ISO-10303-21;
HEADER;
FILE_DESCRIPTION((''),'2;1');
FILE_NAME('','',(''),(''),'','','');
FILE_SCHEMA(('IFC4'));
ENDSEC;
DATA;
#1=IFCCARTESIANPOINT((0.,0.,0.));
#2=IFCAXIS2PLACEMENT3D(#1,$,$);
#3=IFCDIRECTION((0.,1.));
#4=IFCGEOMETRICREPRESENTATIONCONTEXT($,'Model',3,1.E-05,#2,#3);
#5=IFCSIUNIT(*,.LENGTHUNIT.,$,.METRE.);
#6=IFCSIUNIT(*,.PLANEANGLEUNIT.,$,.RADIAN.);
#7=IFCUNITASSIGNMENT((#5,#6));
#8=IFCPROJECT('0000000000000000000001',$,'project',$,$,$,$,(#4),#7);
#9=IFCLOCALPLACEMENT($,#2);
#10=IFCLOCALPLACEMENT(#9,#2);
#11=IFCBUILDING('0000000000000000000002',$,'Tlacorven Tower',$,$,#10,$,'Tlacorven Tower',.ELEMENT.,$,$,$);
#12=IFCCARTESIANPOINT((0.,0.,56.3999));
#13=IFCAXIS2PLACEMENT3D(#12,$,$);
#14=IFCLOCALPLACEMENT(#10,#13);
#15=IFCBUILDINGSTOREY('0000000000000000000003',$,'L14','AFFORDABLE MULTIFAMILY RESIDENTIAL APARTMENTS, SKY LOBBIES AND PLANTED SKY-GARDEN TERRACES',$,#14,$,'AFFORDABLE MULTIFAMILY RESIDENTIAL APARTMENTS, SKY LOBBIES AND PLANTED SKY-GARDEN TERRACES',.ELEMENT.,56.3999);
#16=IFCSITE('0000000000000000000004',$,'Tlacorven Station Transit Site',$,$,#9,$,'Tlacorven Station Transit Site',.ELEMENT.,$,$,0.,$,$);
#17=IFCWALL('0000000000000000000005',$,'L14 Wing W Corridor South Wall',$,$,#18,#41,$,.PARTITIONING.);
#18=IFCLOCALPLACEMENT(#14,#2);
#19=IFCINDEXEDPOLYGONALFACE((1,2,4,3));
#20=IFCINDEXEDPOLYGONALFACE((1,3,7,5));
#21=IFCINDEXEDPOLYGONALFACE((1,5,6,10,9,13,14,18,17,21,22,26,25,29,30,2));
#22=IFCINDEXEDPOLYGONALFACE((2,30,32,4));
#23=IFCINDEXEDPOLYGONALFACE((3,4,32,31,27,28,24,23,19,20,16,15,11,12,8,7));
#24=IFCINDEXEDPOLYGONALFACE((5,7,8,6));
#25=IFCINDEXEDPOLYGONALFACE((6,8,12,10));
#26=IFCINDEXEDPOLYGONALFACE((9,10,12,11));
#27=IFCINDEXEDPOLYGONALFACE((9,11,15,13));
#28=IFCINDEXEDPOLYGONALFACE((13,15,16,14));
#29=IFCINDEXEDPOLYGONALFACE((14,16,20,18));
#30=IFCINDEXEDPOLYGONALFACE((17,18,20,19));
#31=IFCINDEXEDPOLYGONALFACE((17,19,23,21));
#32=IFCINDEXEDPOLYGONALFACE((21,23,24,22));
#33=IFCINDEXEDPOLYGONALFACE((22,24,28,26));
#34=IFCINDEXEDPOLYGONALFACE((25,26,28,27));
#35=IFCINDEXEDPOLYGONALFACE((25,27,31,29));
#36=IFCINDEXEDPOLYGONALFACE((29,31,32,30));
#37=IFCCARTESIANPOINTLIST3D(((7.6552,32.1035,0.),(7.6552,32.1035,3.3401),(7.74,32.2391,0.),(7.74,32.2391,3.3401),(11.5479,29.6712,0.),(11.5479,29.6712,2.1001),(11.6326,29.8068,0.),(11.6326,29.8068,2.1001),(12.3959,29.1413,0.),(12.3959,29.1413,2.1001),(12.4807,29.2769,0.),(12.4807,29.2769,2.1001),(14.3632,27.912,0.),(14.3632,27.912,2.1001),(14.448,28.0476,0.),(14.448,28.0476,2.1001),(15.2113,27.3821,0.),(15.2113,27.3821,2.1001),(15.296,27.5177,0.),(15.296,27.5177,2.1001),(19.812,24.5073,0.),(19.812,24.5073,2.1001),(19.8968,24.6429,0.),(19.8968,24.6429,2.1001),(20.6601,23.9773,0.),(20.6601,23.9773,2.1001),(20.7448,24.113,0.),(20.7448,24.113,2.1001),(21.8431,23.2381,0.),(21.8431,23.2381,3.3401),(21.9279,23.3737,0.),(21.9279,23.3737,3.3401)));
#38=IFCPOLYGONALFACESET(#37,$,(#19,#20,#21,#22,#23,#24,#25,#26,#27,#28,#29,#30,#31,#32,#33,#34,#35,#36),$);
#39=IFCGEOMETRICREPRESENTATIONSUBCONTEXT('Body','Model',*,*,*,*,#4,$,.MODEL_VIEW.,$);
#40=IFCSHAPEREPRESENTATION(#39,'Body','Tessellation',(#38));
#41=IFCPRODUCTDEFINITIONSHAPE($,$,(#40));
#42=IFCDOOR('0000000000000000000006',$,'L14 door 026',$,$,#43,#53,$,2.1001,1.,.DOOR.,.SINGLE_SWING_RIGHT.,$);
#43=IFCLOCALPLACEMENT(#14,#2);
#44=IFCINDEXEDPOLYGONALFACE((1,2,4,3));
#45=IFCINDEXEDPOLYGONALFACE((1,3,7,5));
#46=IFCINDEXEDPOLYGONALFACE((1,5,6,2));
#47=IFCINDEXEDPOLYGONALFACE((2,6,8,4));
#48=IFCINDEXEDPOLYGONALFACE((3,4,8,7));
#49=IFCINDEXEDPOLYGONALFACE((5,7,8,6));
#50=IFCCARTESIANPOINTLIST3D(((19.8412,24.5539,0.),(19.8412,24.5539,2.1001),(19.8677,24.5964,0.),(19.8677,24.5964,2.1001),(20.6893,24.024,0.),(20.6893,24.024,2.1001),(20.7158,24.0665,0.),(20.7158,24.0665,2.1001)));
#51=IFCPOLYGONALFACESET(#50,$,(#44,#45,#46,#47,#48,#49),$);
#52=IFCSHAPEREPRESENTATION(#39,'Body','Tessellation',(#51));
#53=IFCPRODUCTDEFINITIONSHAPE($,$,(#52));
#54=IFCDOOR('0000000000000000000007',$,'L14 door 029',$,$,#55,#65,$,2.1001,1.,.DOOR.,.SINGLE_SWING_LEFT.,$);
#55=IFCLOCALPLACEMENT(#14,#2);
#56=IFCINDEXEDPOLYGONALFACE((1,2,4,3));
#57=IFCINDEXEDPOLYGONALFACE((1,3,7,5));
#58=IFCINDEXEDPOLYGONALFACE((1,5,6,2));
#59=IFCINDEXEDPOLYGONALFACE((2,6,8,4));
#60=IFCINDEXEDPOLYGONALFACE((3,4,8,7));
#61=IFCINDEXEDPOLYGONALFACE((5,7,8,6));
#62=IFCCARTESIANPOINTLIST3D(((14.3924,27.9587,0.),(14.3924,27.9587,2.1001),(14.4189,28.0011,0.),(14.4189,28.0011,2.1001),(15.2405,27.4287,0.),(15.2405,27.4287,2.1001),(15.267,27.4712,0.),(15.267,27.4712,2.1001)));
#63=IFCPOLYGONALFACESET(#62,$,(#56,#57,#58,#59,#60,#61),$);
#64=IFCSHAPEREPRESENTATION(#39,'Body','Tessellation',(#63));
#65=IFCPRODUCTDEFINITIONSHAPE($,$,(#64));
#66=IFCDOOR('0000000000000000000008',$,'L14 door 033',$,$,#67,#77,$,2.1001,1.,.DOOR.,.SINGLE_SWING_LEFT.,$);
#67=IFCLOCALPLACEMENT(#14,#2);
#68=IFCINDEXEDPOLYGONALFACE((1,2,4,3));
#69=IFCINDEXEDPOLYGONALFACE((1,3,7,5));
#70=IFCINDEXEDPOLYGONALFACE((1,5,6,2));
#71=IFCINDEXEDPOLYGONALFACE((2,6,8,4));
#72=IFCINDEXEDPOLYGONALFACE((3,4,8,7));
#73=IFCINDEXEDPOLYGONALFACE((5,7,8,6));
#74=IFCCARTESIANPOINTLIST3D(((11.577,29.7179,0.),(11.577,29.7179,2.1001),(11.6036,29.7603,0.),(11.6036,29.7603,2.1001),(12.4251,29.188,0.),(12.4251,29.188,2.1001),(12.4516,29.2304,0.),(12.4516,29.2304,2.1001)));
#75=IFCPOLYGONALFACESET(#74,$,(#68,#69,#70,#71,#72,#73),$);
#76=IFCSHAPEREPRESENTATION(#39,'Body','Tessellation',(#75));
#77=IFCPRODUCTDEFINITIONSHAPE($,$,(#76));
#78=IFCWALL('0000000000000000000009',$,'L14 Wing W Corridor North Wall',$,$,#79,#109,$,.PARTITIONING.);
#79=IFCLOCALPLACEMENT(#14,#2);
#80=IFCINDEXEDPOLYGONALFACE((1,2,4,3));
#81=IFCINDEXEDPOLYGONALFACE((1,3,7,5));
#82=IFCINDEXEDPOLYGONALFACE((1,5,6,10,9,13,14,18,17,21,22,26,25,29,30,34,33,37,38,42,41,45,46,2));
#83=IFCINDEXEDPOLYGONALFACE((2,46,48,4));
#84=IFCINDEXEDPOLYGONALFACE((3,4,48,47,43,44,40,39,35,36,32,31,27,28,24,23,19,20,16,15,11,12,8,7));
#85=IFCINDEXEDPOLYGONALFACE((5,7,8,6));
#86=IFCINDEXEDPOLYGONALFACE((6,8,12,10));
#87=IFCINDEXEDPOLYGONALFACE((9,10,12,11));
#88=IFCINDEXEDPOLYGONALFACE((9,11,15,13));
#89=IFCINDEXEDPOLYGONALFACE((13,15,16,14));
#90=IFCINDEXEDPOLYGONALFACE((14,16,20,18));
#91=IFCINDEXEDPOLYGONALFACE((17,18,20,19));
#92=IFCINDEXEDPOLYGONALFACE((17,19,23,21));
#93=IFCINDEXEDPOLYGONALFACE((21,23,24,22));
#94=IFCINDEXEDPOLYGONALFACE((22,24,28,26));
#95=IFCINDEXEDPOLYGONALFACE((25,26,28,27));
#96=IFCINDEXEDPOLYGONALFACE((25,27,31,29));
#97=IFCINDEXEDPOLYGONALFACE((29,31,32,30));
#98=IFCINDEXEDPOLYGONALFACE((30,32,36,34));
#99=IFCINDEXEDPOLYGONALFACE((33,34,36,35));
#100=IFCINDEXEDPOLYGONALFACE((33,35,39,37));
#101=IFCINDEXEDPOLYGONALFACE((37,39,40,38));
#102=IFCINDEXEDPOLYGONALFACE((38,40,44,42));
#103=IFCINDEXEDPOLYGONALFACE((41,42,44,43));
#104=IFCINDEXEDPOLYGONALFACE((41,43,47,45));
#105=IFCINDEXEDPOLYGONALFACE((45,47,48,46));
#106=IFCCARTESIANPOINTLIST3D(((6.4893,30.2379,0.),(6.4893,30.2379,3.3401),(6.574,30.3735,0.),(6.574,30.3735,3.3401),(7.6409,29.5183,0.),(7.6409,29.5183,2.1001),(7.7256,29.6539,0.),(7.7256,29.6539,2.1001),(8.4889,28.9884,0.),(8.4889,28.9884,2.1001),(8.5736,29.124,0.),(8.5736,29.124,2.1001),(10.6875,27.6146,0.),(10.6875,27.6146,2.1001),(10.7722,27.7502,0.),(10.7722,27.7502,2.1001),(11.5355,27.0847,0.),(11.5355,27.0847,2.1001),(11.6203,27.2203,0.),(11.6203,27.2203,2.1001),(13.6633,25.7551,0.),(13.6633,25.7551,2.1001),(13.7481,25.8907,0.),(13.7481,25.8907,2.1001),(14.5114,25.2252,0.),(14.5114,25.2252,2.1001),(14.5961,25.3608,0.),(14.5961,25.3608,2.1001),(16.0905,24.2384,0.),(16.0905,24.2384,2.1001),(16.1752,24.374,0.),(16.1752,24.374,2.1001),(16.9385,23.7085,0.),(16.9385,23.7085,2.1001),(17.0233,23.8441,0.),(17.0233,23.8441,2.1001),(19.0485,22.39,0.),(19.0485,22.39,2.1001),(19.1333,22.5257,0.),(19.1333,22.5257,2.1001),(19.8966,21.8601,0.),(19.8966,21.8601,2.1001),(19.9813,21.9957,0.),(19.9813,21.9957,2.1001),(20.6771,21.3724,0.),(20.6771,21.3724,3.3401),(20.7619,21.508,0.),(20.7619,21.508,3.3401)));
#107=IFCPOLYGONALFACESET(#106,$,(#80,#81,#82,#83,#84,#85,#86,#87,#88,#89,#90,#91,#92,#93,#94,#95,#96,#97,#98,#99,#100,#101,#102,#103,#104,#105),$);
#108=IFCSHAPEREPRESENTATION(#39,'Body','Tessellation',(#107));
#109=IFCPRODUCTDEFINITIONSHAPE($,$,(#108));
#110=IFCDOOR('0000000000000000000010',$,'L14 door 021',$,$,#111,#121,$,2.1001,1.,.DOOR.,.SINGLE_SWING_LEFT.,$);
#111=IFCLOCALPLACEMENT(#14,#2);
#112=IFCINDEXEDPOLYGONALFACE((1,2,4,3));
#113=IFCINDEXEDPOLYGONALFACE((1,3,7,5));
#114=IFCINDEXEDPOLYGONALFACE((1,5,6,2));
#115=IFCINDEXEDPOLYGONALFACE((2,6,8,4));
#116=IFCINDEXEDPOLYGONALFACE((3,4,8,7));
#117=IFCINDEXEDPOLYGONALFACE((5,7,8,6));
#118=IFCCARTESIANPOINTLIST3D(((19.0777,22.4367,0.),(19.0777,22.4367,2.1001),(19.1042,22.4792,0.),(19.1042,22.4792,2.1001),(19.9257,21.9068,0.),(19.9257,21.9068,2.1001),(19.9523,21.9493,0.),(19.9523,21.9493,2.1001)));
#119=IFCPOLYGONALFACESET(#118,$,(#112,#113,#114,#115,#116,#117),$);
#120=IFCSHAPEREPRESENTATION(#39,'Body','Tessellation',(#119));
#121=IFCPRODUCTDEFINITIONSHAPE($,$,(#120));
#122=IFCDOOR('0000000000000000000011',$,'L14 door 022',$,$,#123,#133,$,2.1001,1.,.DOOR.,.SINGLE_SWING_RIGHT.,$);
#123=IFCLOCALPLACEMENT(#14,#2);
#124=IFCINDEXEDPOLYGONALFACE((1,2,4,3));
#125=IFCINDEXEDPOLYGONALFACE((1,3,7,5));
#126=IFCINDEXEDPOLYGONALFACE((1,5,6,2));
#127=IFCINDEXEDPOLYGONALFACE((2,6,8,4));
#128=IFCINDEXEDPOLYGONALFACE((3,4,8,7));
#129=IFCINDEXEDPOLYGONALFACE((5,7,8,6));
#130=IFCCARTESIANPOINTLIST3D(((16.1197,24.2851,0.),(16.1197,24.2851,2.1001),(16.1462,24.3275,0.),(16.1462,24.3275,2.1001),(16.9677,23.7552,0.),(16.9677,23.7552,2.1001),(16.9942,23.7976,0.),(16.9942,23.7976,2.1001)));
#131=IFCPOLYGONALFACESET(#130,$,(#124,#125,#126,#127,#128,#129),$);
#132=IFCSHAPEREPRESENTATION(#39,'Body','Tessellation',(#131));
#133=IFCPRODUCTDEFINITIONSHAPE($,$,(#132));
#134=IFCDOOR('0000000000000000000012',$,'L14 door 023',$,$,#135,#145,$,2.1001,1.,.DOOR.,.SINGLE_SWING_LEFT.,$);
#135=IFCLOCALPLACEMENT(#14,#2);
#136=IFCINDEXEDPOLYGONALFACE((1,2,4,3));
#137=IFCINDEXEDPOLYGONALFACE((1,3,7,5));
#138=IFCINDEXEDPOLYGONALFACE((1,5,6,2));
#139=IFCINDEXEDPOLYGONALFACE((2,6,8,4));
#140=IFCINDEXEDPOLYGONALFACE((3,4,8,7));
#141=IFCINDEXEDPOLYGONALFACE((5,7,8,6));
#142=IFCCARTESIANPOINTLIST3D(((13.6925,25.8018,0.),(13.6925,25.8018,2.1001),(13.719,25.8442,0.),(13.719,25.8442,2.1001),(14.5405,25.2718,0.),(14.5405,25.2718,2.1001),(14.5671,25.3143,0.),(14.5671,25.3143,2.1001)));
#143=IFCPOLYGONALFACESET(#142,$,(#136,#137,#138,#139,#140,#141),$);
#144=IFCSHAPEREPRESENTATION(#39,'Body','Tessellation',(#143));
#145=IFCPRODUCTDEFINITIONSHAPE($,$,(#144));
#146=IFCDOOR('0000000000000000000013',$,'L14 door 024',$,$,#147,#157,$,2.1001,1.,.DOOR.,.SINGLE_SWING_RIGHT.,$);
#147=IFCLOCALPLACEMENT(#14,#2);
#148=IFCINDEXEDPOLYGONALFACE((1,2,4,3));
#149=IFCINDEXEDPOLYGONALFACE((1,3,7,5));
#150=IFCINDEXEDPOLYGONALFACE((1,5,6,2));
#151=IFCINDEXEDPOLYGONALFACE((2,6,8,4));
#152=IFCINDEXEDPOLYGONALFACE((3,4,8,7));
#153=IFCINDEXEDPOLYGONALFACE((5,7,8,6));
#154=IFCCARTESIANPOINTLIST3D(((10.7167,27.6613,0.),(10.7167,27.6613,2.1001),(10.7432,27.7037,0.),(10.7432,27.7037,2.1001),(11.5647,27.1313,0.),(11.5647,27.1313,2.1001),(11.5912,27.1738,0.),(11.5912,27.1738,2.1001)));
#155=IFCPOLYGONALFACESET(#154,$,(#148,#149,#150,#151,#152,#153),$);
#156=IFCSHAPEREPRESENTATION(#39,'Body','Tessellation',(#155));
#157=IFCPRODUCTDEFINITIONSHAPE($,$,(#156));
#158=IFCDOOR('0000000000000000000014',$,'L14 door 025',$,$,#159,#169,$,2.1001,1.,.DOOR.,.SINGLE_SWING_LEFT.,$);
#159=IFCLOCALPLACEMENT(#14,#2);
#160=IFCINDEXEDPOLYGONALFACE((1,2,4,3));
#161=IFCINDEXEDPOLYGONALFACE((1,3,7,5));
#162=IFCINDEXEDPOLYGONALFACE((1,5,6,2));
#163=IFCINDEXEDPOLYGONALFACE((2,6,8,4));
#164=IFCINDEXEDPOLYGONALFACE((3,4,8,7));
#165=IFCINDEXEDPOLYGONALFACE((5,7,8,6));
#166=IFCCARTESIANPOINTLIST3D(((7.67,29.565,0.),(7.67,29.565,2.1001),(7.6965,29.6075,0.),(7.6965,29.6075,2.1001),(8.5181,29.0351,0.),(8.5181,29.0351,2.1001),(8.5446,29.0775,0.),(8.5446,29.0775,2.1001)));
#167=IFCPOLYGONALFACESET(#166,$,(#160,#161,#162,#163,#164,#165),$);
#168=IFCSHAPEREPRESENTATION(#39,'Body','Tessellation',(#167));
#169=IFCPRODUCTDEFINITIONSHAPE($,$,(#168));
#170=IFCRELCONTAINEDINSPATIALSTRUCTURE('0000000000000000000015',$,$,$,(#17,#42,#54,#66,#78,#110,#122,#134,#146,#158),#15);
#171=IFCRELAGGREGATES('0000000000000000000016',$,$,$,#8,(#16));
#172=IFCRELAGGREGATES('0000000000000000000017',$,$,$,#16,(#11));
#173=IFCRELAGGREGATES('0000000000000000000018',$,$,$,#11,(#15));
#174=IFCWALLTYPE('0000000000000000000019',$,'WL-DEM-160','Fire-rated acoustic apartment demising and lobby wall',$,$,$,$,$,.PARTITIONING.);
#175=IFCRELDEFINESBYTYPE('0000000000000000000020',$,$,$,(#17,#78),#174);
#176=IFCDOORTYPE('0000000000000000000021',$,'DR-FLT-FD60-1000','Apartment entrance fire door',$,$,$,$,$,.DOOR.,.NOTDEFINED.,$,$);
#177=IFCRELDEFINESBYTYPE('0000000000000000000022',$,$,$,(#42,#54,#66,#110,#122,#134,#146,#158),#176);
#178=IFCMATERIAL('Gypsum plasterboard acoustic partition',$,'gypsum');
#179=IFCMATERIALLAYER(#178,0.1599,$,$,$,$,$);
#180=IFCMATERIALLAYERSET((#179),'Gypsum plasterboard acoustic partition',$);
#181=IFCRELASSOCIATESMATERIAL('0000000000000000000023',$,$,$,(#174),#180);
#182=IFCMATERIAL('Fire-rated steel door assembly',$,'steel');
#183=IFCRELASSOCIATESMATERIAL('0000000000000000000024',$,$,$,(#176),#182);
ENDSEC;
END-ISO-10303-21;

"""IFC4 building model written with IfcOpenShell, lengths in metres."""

from ifc_helpers import new_model, si_unit, direction, frame, frame_2d, origin, place, context, subcontext, project, spatial, rectangle, extrude, source, transform, mapped, material, layer, layer_set, type_object, element, fill, save


model = new_model("IFC4")

# Units and contexts
model_context = context("Model", 3, precision=1e-05, world=origin(), true_north=direction((0.0, 1.0)))
body_context = subcontext(model_context, "Body", "Model", "MODEL_VIEW")
ifc_project = project(units=[si_unit("LENGTHUNIT", "METRE"), si_unit("PLANEANGLEUNIT", "RADIAN")], contexts=[model_context])

# Site, building, storey
site_placement = place(None, origin())
site = spatial("IfcSite", under=ifc_project, at=site_placement, Name="Tlacorven Station Transit Site", LongName="Tlacorven Station Transit Site", CompositionType="ELEMENT", RefElevation=0.0)
building_placement = place(site_placement, origin())
building = spatial("IfcBuilding", under=site, at=building_placement, Name="Tlacorven Tower", LongName="Tlacorven Tower", CompositionType="ELEMENT")
storey_placement = place(building_placement, frame((0.0, 0.0, 56.3999)))
storey = spatial("IfcBuildingStorey", under=building, at=storey_placement, Name="L14", Description="AFFORDABLE MULTIFAMILY RESIDENTIAL APARTMENTS, SKY LOBBIES AND PLANTED SKY-GARDEN TERRACES", LongName="AFFORDABLE MULTIFAMILY RESIDENTIAL APARTMENTS, SKY LOBBIES AND PLANTED SKY-GARDEN TERRACES", CompositionType="ELEMENT", Elevation=56.3999)

# Shared definitions
ifc_material_1 = material(Name="Gypsum plasterboard acoustic partition", Category="gypsum")
ifc_layer_1 = layer(ifc_material_1, 0.1599)
ifc_layer_set_1 = layer_set([ifc_layer_1], Name="Gypsum plasterboard acoustic partition")
wall_type_1 = type_object("IfcWallType", Name="WL-DEM-160", Description="Fire-rated acoustic apartment demising and lobby wall", PredefinedType="PARTITIONING", material=ifc_layer_set_1)
ifc_material_2 = material(Name="Fire-rated steel door assembly", Category="steel")

# Walls, openings, doors
wall_1_placement = place(storey_placement, frame((21.8855, 23.3059, 0.0), z_axis=(0.0, 0.0, 1.0), x_axis=(-0.848052, 0.529912, 0.0)))
wall_1 = element("IfcWall", 1, at=wall_1_placement, inside=storey, type_object=wall_type_1, Name="L14 Wing W Corridor South Wall", PredefinedType="PARTITIONING", context=body_context, shape_type="SweptSolid", body=[
    extrude(rectangle(XDim=16.73, YDim=0.1599, at=frame_2d((8.365, 0.0))), origin(), (0.0, 0.0, 1.0), 3.3401),
])
opening_1_placement = place(wall_1_placement, frame((1.395, 0.0, 0.0)))
opening_1 = element("IfcOpeningElement", 2, at=opening_1_placement, cuts=wall_1, PredefinedType="OPENING", context=body_context, shape_type="SweptSolid", body=[
    extrude(rectangle(XDim=1.0, YDim=2.1001, at=frame_2d((0.5, 1.05))), frame((0.0, 0.0898, 0.0), z_axis=(0.0, -1.0, 0.0), x_axis=(1.0, 0.0, 0.0)), (0.0, 0.0, 1.0), 0.1799),
])
opening_2_placement = place(wall_1_placement, frame((7.8201, 0.0, 0.0)))
opening_2 = element("IfcOpeningElement", 3, at=opening_2_placement, cuts=wall_1, PredefinedType="OPENING", context=body_context, shape_type="SweptSolid", body=[
    extrude(rectangle(XDim=1.0, YDim=2.1001, at=frame_2d((0.5, 1.05))), frame((0.0, 0.0898, 0.0), z_axis=(0.0, -1.0, 0.0), x_axis=(1.0, 0.0, 0.0)), (0.0, 0.0, 1.0), 0.1799),
])
opening_3_placement = place(wall_1_placement, frame((11.1399, 0.0, 0.0)))
opening_3 = element("IfcOpeningElement", 4, at=opening_3_placement, cuts=wall_1, PredefinedType="OPENING", context=body_context, shape_type="SweptSolid", body=[
    extrude(rectangle(XDim=1.0, YDim=2.1001, at=frame_2d((0.5, 1.05))), frame((0.0, 0.0898, 0.0), z_axis=(0.0, -1.0, 0.0), x_axis=(1.0, 0.0, 0.0)), (0.0, 0.0, 1.0), 0.1799),
])
door_type_1 = type_object("IfcDoorType", Name="DR-FLT-FD60-1000", Description="Apartment entrance fire door", OperationType="NOTDEFINED", PredefinedType="DOOR", material=ifc_material_2)
shared_shape_1 = source(origin(), body_context, "Body", "SweptSolid", [
    extrude(rectangle(XDim=1.0, YDim=2.1001, at=frame_2d((0.5, 1.05))), frame((0.0, 0.0249, 0.0), z_axis=(0.0, -1.0, 0.0), x_axis=(1.0, 0.0, 0.0)), (0.0, 0.0, 1.0), 0.05),
])
door_1_placement = place(opening_1_placement, origin())
door_1 = element("IfcDoor", 5, at=door_1_placement, inside=storey, type_object=door_type_1, Name="L14 door 026", OperationType="SINGLE_SWING_RIGHT", OverallHeight=2.1001, OverallWidth=1.0, PredefinedType="DOOR", context=body_context, shape_type="MappedRepresentation", body=[
    mapped(shared_shape_1, transform((0.0, 0.0, 0.0), scale=1.0)),
])
fill(opening_1, door_1)
door_2_placement = place(opening_2_placement, origin())
door_2 = element("IfcDoor", 6, at=door_2_placement, inside=storey, type_object=door_type_1, Name="L14 door 029", OperationType="SINGLE_SWING_LEFT", OverallHeight=2.1001, OverallWidth=1.0, PredefinedType="DOOR", context=body_context, shape_type="MappedRepresentation", body=[
    mapped(shared_shape_1, transform((0.0, 0.0, 0.0), scale=1.0)),
])
fill(opening_2, door_2)
door_3_placement = place(opening_3_placement, origin())
door_3 = element("IfcDoor", 7, at=door_3_placement, inside=storey, type_object=door_type_1, Name="L14 door 033", OperationType="SINGLE_SWING_LEFT", OverallHeight=2.1001, OverallWidth=1.0, PredefinedType="DOOR", context=body_context, shape_type="MappedRepresentation", body=[
    mapped(shared_shape_1, transform((0.0, 0.0, 0.0), scale=1.0)),
])
fill(opening_3, door_3)
wall_2_placement = place(storey_placement, frame((20.7195, 21.4402, 0.0), z_axis=(0.0, 0.0, 1.0), x_axis=(-0.848048, 0.529919, 0.0)))
wall_2 = element("IfcWall", 8, at=wall_2_placement, inside=storey, type_object=wall_type_1, Name="L14 Wing W Corridor North Wall", PredefinedType="PARTITIONING", context=body_context, shape_type="SweptSolid", body=[
    extrude(rectangle(XDim=16.73, YDim=0.1599, at=frame_2d((8.365, 0.0))), origin(), (0.0, 0.0, 1.0), 3.3401),
])
opening_4_placement = place(wall_2_placement, frame((0.9204, 0.0, 0.0)))
opening_4 = element("IfcOpeningElement", 9, at=opening_4_placement, cuts=wall_2, PredefinedType="OPENING", context=body_context, shape_type="SweptSolid", body=[
    extrude(rectangle(XDim=1.0, YDim=2.1001, at=frame_2d((0.5, 1.05))), frame((0.0, 0.0898, 0.0), z_axis=(0.0, -1.0, 0.0), x_axis=(1.0, 0.0, 0.0)), (0.0, 0.0, 1.0), 0.1799),
])
opening_5_placement = place(wall_2_placement, frame((4.4084, 0.0, 0.0)))
opening_5 = element("IfcOpeningElement", 10, at=opening_5_placement, cuts=wall_2, PredefinedType="OPENING", context=body_context, shape_type="SweptSolid", body=[
    extrude(rectangle(XDim=1.0, YDim=2.1001, at=frame_2d((0.5, 1.05))), frame((0.0, 0.0898, 0.0), z_axis=(0.0, -1.0, 0.0), x_axis=(1.0, 0.0, 0.0)), (0.0, 0.0, 1.0), 0.1799),
])
opening_6_placement = place(wall_2_placement, frame((7.2705, 0.0, 0.0)))
opening_6 = element("IfcOpeningElement", 11, at=opening_6_placement, cuts=wall_2, PredefinedType="OPENING", context=body_context, shape_type="SweptSolid", body=[
    extrude(rectangle(XDim=1.0, YDim=2.1001, at=frame_2d((0.5, 1.05))), frame((0.0, 0.0898, 0.0), z_axis=(0.0, -1.0, 0.0), x_axis=(1.0, 0.0, 0.0)), (0.0, 0.0, 1.0), 0.1799),
])
opening_7_placement = place(wall_2_placement, frame((10.7795, 0.0, 0.0)))
opening_7 = element("IfcOpeningElement", 12, at=opening_7_placement, cuts=wall_2, PredefinedType="OPENING", context=body_context, shape_type="SweptSolid", body=[
    extrude(rectangle(XDim=1.0, YDim=2.1001, at=frame_2d((0.5, 1.05))), frame((0.0, 0.0898, 0.0), z_axis=(0.0, -1.0, 0.0), x_axis=(1.0, 0.0, 0.0)), (0.0, 0.0, 1.0), 0.1799),
])
opening_8_placement = place(wall_2_placement, frame((14.3721, 0.0, 0.0)))
opening_8 = element("IfcOpeningElement", 13, at=opening_8_placement, cuts=wall_2, PredefinedType="OPENING", context=body_context, shape_type="SweptSolid", body=[
    extrude(rectangle(XDim=1.0, YDim=2.1001, at=frame_2d((0.5, 1.05))), frame((0.0, 0.0898, 0.0), z_axis=(0.0, -1.0, 0.0), x_axis=(1.0, 0.0, 0.0)), (0.0, 0.0, 1.0), 0.1799),
])
door_4_placement = place(opening_4_placement, origin())
door_4 = element("IfcDoor", 14, at=door_4_placement, inside=storey, type_object=door_type_1, Name="L14 door 021", OperationType="SINGLE_SWING_LEFT", OverallHeight=2.1001, OverallWidth=1.0, PredefinedType="DOOR", context=body_context, shape_type="MappedRepresentation", body=[
    mapped(shared_shape_1, transform((0.0, 0.0, 0.0), scale=1.0)),
])
fill(opening_4, door_4)
door_5_placement = place(opening_5_placement, origin())
door_5 = element("IfcDoor", 15, at=door_5_placement, inside=storey, type_object=door_type_1, Name="L14 door 022", OperationType="SINGLE_SWING_RIGHT", OverallHeight=2.1001, OverallWidth=1.0, PredefinedType="DOOR", context=body_context, shape_type="MappedRepresentation", body=[
    mapped(shared_shape_1, transform((0.0, 0.0, 0.0), scale=1.0)),
])
fill(opening_5, door_5)
door_6_placement = place(opening_6_placement, origin())
door_6 = element("IfcDoor", 16, at=door_6_placement, inside=storey, type_object=door_type_1, Name="L14 door 023", OperationType="SINGLE_SWING_LEFT", OverallHeight=2.1001, OverallWidth=1.0, PredefinedType="DOOR", context=body_context, shape_type="MappedRepresentation", body=[
    mapped(shared_shape_1, transform((0.0, 0.0, 0.0), scale=1.0)),
])
fill(opening_6, door_6)
door_7_placement = place(opening_7_placement, origin())
door_7 = element("IfcDoor", 17, at=door_7_placement, inside=storey, type_object=door_type_1, Name="L14 door 024", OperationType="SINGLE_SWING_RIGHT", OverallHeight=2.1001, OverallWidth=1.0, PredefinedType="DOOR", context=body_context, shape_type="MappedRepresentation", body=[
    mapped(shared_shape_1, transform((0.0, 0.0, 0.0), scale=1.0)),
])
fill(opening_7, door_7)
door_8_placement = place(opening_8_placement, origin())
door_8 = element("IfcDoor", 18, at=door_8_placement, inside=storey, type_object=door_type_1, Name="L14 door 025", OperationType="SINGLE_SWING_LEFT", OverallHeight=2.1001, OverallWidth=1.0, PredefinedType="DOOR", context=body_context, shape_type="MappedRepresentation", body=[
    mapped(shared_shape_1, transform((0.0, 0.0, 0.0), scale=1.0)),
])
fill(opening_8, door_8)

save(model, "model.ifc")
